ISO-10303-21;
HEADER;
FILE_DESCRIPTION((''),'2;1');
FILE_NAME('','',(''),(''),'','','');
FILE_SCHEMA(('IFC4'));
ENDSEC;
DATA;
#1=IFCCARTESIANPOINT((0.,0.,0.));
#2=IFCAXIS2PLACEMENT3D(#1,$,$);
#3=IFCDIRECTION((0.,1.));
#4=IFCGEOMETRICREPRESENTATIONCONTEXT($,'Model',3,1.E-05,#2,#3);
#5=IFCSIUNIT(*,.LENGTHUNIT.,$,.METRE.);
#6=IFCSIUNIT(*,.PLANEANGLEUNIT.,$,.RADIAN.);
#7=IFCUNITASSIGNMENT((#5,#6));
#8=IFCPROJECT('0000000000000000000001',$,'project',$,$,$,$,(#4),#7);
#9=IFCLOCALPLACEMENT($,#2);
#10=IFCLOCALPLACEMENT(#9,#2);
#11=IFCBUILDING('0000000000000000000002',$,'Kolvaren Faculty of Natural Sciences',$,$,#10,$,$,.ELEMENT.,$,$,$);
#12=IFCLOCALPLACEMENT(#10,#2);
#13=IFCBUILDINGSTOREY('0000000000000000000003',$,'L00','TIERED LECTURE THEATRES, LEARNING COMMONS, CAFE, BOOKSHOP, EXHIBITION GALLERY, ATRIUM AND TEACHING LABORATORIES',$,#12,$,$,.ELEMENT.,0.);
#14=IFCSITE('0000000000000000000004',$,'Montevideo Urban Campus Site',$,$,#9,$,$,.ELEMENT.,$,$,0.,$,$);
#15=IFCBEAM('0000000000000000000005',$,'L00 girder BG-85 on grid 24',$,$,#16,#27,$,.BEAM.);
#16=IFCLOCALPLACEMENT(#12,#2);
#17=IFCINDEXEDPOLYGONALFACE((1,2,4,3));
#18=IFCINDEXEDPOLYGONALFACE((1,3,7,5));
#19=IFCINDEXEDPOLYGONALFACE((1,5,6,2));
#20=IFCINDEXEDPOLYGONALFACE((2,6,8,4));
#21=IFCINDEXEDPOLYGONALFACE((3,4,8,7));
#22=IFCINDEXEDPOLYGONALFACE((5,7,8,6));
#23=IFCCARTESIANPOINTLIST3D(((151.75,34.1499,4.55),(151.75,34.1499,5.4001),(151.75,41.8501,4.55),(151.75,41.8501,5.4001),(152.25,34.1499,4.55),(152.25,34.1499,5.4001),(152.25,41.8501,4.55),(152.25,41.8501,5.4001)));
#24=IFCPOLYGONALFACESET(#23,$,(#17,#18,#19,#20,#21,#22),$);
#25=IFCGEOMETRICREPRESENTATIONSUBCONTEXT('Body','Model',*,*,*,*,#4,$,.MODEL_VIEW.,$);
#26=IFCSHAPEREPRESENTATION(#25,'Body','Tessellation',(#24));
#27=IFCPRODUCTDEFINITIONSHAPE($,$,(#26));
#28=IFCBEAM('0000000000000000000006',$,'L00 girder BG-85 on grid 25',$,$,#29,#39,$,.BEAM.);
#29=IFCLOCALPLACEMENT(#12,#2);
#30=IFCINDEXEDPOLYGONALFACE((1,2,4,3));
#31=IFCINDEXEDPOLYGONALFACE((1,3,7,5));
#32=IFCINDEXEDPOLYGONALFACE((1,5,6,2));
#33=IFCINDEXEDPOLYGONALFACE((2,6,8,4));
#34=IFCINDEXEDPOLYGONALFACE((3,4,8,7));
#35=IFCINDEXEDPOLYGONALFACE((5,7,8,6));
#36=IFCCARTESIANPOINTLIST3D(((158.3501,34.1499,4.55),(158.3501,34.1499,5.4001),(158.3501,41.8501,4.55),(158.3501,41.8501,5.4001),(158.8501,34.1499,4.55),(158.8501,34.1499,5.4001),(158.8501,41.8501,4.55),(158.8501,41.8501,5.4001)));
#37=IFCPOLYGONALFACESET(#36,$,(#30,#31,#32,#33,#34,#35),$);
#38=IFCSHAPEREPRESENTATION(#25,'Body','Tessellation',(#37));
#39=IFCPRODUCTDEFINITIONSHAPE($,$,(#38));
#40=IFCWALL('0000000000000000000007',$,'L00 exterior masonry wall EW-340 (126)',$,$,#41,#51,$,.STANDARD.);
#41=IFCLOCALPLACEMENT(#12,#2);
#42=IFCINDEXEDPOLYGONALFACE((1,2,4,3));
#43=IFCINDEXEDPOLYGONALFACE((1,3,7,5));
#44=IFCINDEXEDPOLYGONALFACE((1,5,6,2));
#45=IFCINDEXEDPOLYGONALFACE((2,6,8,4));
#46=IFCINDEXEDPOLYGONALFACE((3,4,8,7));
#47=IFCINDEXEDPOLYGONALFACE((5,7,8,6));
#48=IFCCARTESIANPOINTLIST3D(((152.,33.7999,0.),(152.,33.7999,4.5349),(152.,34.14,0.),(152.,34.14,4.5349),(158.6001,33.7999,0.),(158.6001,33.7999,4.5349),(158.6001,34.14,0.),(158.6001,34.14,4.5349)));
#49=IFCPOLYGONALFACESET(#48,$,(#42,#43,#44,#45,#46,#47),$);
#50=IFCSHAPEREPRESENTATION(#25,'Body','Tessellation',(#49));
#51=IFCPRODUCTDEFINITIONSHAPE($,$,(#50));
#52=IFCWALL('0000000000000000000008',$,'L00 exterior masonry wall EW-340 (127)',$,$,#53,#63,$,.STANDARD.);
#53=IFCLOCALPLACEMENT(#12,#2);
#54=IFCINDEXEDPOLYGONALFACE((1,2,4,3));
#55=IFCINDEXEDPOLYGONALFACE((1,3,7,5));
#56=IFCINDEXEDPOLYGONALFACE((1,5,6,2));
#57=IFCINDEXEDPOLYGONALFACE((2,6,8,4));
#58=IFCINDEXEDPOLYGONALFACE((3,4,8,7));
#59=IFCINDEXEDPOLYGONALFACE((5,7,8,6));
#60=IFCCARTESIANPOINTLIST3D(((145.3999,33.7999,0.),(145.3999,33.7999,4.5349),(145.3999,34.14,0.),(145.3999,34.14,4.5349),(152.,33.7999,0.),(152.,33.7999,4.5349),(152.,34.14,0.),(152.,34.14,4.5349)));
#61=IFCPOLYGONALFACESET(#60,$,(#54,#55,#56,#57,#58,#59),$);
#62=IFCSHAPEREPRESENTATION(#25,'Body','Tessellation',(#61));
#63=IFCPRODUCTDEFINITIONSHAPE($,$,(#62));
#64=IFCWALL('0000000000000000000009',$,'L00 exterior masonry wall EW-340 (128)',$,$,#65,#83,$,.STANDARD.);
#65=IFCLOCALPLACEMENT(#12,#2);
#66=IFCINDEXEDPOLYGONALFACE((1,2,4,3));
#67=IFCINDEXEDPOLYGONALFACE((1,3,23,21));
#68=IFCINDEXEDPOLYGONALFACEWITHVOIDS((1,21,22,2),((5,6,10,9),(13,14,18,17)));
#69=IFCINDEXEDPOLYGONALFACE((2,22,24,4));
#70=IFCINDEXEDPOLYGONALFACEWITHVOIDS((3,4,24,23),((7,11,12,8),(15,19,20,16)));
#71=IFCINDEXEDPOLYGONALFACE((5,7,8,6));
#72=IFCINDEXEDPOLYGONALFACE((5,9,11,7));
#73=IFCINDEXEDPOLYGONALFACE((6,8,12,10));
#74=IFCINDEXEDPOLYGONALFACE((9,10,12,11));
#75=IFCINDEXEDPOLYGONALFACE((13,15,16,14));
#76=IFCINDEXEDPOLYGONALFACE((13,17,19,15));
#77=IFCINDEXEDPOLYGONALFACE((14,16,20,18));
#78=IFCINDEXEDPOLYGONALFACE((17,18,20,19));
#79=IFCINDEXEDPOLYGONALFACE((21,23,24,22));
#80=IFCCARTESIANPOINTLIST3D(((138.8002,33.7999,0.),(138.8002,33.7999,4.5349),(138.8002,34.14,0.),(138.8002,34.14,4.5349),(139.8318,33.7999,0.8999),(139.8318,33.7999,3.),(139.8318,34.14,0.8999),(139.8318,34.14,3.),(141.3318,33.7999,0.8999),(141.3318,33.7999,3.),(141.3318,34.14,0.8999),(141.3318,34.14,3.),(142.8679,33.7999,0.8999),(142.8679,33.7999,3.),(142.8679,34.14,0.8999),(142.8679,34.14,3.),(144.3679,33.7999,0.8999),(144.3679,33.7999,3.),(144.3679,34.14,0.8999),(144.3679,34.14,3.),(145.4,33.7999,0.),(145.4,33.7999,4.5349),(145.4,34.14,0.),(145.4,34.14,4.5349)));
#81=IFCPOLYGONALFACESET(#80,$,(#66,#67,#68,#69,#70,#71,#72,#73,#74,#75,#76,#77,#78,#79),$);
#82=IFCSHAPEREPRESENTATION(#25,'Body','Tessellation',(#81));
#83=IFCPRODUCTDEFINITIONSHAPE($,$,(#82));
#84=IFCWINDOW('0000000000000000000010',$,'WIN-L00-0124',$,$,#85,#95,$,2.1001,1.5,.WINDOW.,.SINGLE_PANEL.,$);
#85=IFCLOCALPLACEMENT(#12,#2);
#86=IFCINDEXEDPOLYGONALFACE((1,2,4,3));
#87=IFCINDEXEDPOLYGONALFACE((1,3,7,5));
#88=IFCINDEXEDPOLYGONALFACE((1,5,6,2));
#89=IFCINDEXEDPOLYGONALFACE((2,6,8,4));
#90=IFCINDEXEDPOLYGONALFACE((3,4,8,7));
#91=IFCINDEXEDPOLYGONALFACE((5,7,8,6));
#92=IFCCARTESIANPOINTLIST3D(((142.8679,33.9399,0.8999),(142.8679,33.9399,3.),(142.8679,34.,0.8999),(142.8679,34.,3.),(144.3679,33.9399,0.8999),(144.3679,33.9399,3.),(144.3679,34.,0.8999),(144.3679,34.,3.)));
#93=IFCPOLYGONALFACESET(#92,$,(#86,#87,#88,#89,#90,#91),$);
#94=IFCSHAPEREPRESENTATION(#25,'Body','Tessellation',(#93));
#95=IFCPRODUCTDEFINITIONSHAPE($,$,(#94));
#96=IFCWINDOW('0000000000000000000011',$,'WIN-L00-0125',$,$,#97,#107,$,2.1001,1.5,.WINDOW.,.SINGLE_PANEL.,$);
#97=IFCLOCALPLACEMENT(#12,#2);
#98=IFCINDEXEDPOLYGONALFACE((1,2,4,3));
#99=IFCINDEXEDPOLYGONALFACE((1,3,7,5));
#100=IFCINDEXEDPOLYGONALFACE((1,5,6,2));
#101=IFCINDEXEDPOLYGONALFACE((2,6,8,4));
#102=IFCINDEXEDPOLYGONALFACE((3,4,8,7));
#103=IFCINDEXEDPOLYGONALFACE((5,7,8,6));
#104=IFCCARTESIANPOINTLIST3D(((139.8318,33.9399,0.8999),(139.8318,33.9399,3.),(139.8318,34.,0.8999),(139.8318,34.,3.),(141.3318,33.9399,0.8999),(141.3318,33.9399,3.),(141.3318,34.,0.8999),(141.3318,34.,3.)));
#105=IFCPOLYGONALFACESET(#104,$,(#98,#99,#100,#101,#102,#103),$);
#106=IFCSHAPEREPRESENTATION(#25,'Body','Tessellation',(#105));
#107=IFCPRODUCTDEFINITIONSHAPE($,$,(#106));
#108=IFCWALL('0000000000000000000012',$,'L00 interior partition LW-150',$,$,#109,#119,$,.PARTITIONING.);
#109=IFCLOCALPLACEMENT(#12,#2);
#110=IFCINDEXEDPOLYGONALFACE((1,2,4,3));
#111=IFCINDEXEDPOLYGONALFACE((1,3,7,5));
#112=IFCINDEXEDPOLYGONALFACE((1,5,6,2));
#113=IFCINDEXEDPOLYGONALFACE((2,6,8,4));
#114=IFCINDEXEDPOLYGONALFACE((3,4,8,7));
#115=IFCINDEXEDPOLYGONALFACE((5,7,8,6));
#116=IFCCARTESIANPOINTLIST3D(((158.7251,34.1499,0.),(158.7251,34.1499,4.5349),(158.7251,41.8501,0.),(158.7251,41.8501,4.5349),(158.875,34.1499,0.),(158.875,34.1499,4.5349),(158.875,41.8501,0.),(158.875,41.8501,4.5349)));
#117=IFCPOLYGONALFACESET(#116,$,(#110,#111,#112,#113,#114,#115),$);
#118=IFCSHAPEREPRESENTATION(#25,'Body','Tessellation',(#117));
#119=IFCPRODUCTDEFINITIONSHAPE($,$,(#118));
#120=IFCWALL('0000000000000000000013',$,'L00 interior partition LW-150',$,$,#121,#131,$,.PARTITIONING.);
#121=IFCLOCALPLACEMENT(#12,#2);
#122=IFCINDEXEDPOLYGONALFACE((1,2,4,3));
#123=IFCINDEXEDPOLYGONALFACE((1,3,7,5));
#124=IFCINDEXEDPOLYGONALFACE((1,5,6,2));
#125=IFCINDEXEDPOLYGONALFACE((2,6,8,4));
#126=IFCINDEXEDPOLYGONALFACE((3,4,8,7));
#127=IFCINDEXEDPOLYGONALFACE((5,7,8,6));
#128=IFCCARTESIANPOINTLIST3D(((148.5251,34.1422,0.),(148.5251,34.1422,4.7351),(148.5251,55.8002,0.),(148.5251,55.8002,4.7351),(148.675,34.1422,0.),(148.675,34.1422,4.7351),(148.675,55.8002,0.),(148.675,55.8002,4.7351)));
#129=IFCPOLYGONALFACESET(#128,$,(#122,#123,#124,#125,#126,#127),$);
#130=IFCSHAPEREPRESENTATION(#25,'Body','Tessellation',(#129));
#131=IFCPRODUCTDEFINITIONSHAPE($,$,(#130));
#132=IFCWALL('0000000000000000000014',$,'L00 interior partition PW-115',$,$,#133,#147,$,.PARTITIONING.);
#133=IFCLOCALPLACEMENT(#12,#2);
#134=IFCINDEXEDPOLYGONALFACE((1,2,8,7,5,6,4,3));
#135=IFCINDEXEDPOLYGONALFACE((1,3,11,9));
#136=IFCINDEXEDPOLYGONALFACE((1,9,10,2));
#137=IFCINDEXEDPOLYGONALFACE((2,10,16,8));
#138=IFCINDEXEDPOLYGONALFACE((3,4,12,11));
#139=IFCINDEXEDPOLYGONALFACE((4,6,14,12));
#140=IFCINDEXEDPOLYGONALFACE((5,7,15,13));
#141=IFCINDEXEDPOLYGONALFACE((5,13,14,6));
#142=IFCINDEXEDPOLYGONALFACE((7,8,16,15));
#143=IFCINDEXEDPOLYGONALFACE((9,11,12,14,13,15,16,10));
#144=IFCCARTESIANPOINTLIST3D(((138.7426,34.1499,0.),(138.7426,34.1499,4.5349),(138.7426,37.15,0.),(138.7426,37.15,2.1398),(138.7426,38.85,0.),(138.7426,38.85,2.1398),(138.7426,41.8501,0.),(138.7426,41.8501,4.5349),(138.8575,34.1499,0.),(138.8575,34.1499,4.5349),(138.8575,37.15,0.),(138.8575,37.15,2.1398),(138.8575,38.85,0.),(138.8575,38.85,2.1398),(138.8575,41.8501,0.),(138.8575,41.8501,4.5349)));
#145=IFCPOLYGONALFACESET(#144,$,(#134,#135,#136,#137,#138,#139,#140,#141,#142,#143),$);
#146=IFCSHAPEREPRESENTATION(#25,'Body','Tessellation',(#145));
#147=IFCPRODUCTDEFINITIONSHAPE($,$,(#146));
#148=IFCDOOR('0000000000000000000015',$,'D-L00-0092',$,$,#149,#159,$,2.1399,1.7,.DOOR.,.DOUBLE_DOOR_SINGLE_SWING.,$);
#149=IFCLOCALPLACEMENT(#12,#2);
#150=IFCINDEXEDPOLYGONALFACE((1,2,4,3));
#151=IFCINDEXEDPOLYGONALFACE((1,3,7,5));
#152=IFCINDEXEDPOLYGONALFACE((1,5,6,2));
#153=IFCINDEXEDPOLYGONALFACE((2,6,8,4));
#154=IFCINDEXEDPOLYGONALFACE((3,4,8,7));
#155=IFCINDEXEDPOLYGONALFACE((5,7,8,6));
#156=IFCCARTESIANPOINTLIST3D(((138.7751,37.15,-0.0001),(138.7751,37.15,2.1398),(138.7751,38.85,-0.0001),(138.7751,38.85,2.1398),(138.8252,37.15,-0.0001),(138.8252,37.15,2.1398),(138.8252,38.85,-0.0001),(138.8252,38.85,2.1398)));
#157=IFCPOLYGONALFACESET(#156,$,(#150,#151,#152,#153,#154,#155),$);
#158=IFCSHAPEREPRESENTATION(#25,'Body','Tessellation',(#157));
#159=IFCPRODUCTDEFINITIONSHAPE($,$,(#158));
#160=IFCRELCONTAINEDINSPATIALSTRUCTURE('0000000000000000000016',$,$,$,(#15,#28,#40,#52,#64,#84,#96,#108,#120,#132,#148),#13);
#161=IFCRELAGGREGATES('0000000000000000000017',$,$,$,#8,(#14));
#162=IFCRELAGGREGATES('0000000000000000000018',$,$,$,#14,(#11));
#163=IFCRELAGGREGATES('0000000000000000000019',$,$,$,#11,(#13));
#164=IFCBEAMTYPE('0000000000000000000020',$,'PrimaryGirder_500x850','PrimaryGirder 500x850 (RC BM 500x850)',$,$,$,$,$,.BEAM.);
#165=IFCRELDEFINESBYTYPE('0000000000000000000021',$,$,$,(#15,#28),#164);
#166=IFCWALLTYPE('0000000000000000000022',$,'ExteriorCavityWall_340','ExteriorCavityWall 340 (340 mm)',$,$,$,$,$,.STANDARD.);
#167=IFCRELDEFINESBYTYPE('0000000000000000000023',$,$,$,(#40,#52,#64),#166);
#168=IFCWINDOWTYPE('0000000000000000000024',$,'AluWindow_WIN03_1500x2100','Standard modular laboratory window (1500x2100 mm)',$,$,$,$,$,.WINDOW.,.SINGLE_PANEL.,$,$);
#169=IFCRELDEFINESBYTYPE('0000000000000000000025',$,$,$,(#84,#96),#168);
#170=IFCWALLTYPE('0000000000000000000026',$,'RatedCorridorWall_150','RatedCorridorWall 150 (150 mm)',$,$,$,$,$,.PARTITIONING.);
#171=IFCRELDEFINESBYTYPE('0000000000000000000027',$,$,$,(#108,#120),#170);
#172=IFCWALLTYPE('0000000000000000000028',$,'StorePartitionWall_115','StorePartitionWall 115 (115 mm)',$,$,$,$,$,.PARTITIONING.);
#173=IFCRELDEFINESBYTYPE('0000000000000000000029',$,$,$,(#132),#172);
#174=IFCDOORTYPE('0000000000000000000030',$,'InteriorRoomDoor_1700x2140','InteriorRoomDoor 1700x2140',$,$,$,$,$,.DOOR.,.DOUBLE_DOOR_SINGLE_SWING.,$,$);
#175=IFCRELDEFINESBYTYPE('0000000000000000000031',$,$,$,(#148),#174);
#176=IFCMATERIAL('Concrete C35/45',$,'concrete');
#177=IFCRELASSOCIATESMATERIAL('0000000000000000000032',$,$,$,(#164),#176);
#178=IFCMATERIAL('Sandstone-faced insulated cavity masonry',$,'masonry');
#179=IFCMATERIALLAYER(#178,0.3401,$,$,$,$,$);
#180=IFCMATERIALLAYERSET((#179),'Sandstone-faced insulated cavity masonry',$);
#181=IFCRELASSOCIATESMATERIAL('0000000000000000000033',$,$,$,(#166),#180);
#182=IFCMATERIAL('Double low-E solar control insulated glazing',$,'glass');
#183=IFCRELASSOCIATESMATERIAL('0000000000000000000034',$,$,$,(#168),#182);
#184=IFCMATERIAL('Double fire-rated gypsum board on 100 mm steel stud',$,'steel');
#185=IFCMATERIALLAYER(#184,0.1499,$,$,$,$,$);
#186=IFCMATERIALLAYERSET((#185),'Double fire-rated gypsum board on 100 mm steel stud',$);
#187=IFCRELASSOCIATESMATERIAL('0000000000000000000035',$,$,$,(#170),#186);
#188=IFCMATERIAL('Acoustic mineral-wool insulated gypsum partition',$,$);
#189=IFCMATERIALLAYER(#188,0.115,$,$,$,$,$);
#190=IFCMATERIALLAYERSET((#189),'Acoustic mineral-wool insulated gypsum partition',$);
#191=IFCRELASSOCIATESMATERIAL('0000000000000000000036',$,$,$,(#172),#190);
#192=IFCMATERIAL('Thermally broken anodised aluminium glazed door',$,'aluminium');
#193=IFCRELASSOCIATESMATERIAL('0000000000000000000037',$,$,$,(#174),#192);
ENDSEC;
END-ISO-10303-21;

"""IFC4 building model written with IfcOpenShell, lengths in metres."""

from ifc_helpers import new_model, si_unit, direction, frame, frame_2d, origin, origin_2d, place, context, subcontext, project, spatial, rectangle, extrude, material, layer, layer_set, material_profile, profile_set, type_object, element, fill, save


model = new_model("IFC4")

# Units and contexts
model_context = context("Model", 3, precision=1e-05, world=origin(), true_north=direction((0.0, 1.0)))
body_context = subcontext(model_context, "Body", "Model", "MODEL_VIEW")
ifc_project = project(units=[si_unit("LENGTHUNIT", "METRE"), si_unit("PLANEANGLEUNIT", "RADIAN")], contexts=[model_context])

# Site, building, storey
site_placement = place(None, origin())
site = spatial("IfcSite", under=ifc_project, at=site_placement, Name="Montevideo Urban Campus Site", CompositionType="ELEMENT", RefElevation=0.0)
building_placement = place(site_placement, origin())
building = spatial("IfcBuilding", under=site, at=building_placement, Name="Kolvaren Faculty of Natural Sciences", CompositionType="ELEMENT")
storey_placement = place(building_placement, origin())
storey = spatial("IfcBuildingStorey", under=building, at=storey_placement, Name="L00", Description="TIERED LECTURE THEATRES, LEARNING COMMONS, CAFE, BOOKSHOP, EXHIBITION GALLERY, ATRIUM AND TEACHING LABORATORIES", CompositionType="ELEMENT", Elevation=0.0)

# Shared definitions
ifc_material_1 = material(Name="Concrete C35/45", Category="concrete")

# Beams
ifc_material_profile_1 = material_profile(ifc_material_1, rectangle(XDim=0.5, YDim=0.8501, at=origin_2d()), Name="RC BM 500x850")
ifc_profile_set_1 = profile_set([ifc_material_profile_1], Name="Concrete C35/45")
beam_type_1 = type_object("IfcBeamType", Name="PrimaryGirder_500x850", Description="PrimaryGirder 500x850 (RC BM 500x850)", PredefinedType="BEAM", material=ifc_profile_set_1)
for number, where, z_axis, x_axis, name in (
    (1, (152.0, 34.1499, 4.9751), (0.0, 1.0, 0.0), (-1.0, 0.0, 0.0), "L00 girder BG-85 on grid 24"),
    (2, (158.6001, 34.1499, 4.9751), (0.0, 1.0, 0.0), (-1.0, 0.0, 0.0), "L00 girder BG-85 on grid 25"),
):
    element("IfcBeam", number, at=place(storey_placement, frame(where, z_axis=z_axis, x_axis=x_axis)), inside=storey, type_object=beam_type_1, Name=name, PredefinedType="BEAM", context=body_context, shape_type="SweptSolid", body=[
        extrude(rectangle(XDim=0.5, YDim=0.8501, at=origin_2d()), origin(), (0.0, 0.0, 1.0), 7.7002),
    ])

# Walls
ifc_material_2 = material(Name="Sandstone-faced insulated cavity masonry", Category="masonry")
ifc_layer_1 = layer(ifc_material_2, 0.3401)
ifc_layer_set_1 = layer_set([ifc_layer_1], Name="Sandstone-faced insulated cavity masonry")
wall_type_1 = type_object("IfcWallType", Name="ExteriorCavityWall_340", Description="ExteriorCavityWall 340 (340 mm)", PredefinedType="STANDARD", material=ifc_layer_set_1)
for number, where, z_axis, x_axis, name in (
    (3, (158.6001, 33.97, 0.0), (0.0, 0.0, 1.0), (-1.0, 0.0, 0.0), "L00 exterior masonry wall EW-340 (126)"),
    (4, (152.0, 33.97, 0.0), (0.0, 0.0, 1.0), (-1.0, 0.0, 0.0), "L00 exterior masonry wall EW-340 (127)"),
):
    element("IfcWall", number, at=place(storey_placement, frame(where, z_axis=z_axis, x_axis=x_axis)), inside=storey, type_object=wall_type_1, Name=name, PredefinedType="STANDARD", context=body_context, shape_type="SweptSolid", body=[
        extrude(rectangle(XDim=6.6001, YDim=0.3401, at=frame_2d((3.3, 0.0))), origin(), (0.0, 0.0, 1.0), 4.5349),
    ])

# Wall, openings, windows
wall_1_placement = place(storey_placement, frame((145.3999, 33.97, 0.0), z_axis=(0.0, 0.0, 1.0), x_axis=(-1.0, 0.0, 0.0)))
wall_1 = element("IfcWall", 5, at=wall_1_placement, inside=storey, type_object=wall_type_1, Name="L00 exterior masonry wall EW-340 (128)", PredefinedType="STANDARD", context=body_context, shape_type="SweptSolid", body=[
    extrude(rectangle(XDim=6.5999, YDim=0.3401, at=frame_2d((3.2998, 0.0))), origin(), (0.0, 0.0, 1.0), 4.5349),
])
opening_1_placement = place(wall_1_placement, frame((1.032, 0.0, 0.8999)))
opening_1 = element("IfcOpeningElement", 6, at=opening_1_placement, cuts=wall_1, PredefinedType="OPENING", context=body_context, shape_type="SweptSolid", body=[
    extrude(rectangle(XDim=1.5, YDim=2.1001, at=frame_2d((0.75, 1.05))), frame((0.0, 0.1799, 0.0), z_axis=(0.0, -1.0, 0.0), x_axis=(1.0, 0.0, 0.0)), (0.0, 0.0, 1.0), 0.3601),
])
opening_2_placement = place(wall_1_placement, frame((4.0681, 0.0, 0.8999)))
opening_2 = element("IfcOpeningElement", 7, at=opening_2_placement, cuts=wall_1, PredefinedType="OPENING", context=body_context, shape_type="SweptSolid", body=[
    extrude(rectangle(XDim=1.5, YDim=2.1001, at=frame_2d((0.75, 1.05))), frame((0.0, 0.1799, 0.0), z_axis=(0.0, -1.0, 0.0), x_axis=(1.0, 0.0, 0.0)), (0.0, 0.0, 1.0), 0.3601),
])
ifc_material_3 = material(Name="Double low-E solar control insulated glazing", Category="glass")
window_type = type_object("IfcWindowType", Name="AluWindow_WIN03_1500x2100", Description="Standard modular laboratory window (1500x2100 mm)", PartitioningType="SINGLE_PANEL", PredefinedType="WINDOW", material=ifc_material_3)
window_1_placement = place(opening_1_placement, origin())
window_1 = element("IfcWindow", 8, at=window_1_placement, inside=storey, type_object=window_type, Name="WIN-L00-0124", OverallHeight=2.1001, OverallWidth=1.5, PartitioningType="SINGLE_PANEL", PredefinedType="WINDOW", context=body_context, shape_type="SweptSolid", body=[
    extrude(rectangle(XDim=1.5, YDim=2.1001, at=frame_2d((0.75, 1.05))), frame((0.0, 0.03, 0.0), z_axis=(0.0, -1.0, 0.0), x_axis=(1.0, 0.0, 0.0)), (0.0, 0.0, 1.0), 0.0601),
])
fill(opening_1, window_1)
window_2_placement = place(opening_2_placement, origin())
window_2 = element("IfcWindow", 9, at=window_2_placement, inside=storey, type_object=window_type, Name="WIN-L00-0125", OverallHeight=2.1001, OverallWidth=1.5, PartitioningType="SINGLE_PANEL", PredefinedType="WINDOW", context=body_context, shape_type="SweptSolid", body=[
    extrude(rectangle(XDim=1.5, YDim=2.1001, at=frame_2d((0.75, 1.05))), frame((0.0, 0.03, 0.0), z_axis=(0.0, -1.0, 0.0), x_axis=(1.0, 0.0, 0.0)), (0.0, 0.0, 1.0), 0.0601),
])
fill(opening_2, window_2)

# Walls
ifc_material_4 = material(Name="Double fire-rated gypsum board on 100 mm steel stud", Category="steel")
ifc_layer_2 = layer(ifc_material_4, 0.1499)
ifc_layer_set_2 = layer_set([ifc_layer_2], Name="Double fire-rated gypsum board on 100 mm steel stud")
wall_type_2 = type_object("IfcWallType", Name="RatedCorridorWall_150", Description="RatedCorridorWall 150 (150 mm)", PredefinedType="PARTITIONING", material=ifc_layer_set_2)
wall_2_placement = place(storey_placement, frame((158.8, 41.8501, 0.0), z_axis=(0.0, 0.0, 1.0), x_axis=(0.0, -1.0, 0.0)))
element("IfcWall", 10, at=wall_2_placement, inside=storey, type_object=wall_type_2, Name="L00 interior partition LW-150", PredefinedType="PARTITIONING", context=body_context, shape_type="SweptSolid", body=[
    extrude(rectangle(XDim=7.7002, YDim=0.1499, at=frame_2d((3.8501, 0.0))), origin(), (0.0, 0.0, 1.0), 4.5349),
])
wall_3_placement = place(storey_placement, frame((148.6001, 34.1421, 0.0), z_axis=(0.0, 0.0, 1.0), x_axis=(0.0, 1.0, 0.0)))
element("IfcWall", 11, at=wall_3_placement, inside=storey, type_object=wall_type_2, Name="L00 interior partition LW-150", PredefinedType="PARTITIONING", context=body_context, shape_type="SweptSolid", body=[
    extrude(rectangle(XDim=21.658, YDim=0.1499, at=frame_2d((10.8291, 0.0))), origin(), (0.0, 0.0, 1.0), 4.7351),
])

# Wall, opening, door
ifc_material_5 = material(Name="Acoustic mineral-wool insulated gypsum partition")
ifc_layer_3 = layer(ifc_material_5, 0.115)
ifc_layer_set_3 = layer_set([ifc_layer_3], Name="Acoustic mineral-wool insulated gypsum partition")
wall_type_3 = type_object("IfcWallType", Name="StorePartitionWall_115", Description="StorePartitionWall 115 (115 mm)", PredefinedType="PARTITIONING", material=ifc_layer_set_3)
wall_4_placement = place(storey_placement, frame((138.8, 34.1499, 0.0), z_axis=(0.0, 0.0, 1.0), x_axis=(0.0, 1.0, 0.0)))
wall_4 = element("IfcWall", 12, at=wall_4_placement, inside=storey, type_object=wall_type_3, Name="L00 interior partition PW-115", PredefinedType="PARTITIONING", context=body_context, shape_type="SweptSolid", body=[
    extrude(rectangle(XDim=7.7002, YDim=0.115, at=frame_2d((3.8501, 0.0))), origin(), (0.0, 0.0, 1.0), 4.5349),
])
opening_3_placement = place(wall_4_placement, frame((3.0, 0.0, 0.0)))
opening_3 = element("IfcOpeningElement", 13, at=opening_3_placement, cuts=wall_4, PredefinedType="OPENING", context=body_context, shape_type="SweptSolid", body=[
    extrude(rectangle(XDim=1.7, YDim=2.1399, at=frame_2d((0.8501, 1.0698))), frame((0.0, 0.0674, 0.0), z_axis=(0.0, -1.0, 0.0), x_axis=(1.0, 0.0, 0.0)), (0.0, 0.0, 1.0), 0.135),
])
ifc_material_6 = material(Name="Thermally broken anodised aluminium glazed door", Category="aluminium")
door_type = type_object("IfcDoorType", Name="InteriorRoomDoor_1700x2140", Description="InteriorRoomDoor 1700x2140", OperationType="DOUBLE_DOOR_SINGLE_SWING", PredefinedType="DOOR", material=ifc_material_6)
door_placement = place(opening_3_placement, origin())
door = element("IfcDoor", 14, at=door_placement, inside=storey, type_object=door_type, Name="D-L00-0092", OperationType="DOUBLE_DOOR_SINGLE_SWING", OverallHeight=2.1399, OverallWidth=1.7, PredefinedType="DOOR", context=body_context, shape_type="SweptSolid", body=[
    extrude(rectangle(XDim=1.7, YDim=2.1399, at=frame_2d((0.8501, 1.0698))), frame((0.0, 0.0249, 0.0), z_axis=(0.0, -1.0, 0.0), x_axis=(1.0, 0.0, 0.0)), (0.0, 0.0, 1.0), 0.05),
])
fill(opening_3, door)

save(model, "model.ifc")
